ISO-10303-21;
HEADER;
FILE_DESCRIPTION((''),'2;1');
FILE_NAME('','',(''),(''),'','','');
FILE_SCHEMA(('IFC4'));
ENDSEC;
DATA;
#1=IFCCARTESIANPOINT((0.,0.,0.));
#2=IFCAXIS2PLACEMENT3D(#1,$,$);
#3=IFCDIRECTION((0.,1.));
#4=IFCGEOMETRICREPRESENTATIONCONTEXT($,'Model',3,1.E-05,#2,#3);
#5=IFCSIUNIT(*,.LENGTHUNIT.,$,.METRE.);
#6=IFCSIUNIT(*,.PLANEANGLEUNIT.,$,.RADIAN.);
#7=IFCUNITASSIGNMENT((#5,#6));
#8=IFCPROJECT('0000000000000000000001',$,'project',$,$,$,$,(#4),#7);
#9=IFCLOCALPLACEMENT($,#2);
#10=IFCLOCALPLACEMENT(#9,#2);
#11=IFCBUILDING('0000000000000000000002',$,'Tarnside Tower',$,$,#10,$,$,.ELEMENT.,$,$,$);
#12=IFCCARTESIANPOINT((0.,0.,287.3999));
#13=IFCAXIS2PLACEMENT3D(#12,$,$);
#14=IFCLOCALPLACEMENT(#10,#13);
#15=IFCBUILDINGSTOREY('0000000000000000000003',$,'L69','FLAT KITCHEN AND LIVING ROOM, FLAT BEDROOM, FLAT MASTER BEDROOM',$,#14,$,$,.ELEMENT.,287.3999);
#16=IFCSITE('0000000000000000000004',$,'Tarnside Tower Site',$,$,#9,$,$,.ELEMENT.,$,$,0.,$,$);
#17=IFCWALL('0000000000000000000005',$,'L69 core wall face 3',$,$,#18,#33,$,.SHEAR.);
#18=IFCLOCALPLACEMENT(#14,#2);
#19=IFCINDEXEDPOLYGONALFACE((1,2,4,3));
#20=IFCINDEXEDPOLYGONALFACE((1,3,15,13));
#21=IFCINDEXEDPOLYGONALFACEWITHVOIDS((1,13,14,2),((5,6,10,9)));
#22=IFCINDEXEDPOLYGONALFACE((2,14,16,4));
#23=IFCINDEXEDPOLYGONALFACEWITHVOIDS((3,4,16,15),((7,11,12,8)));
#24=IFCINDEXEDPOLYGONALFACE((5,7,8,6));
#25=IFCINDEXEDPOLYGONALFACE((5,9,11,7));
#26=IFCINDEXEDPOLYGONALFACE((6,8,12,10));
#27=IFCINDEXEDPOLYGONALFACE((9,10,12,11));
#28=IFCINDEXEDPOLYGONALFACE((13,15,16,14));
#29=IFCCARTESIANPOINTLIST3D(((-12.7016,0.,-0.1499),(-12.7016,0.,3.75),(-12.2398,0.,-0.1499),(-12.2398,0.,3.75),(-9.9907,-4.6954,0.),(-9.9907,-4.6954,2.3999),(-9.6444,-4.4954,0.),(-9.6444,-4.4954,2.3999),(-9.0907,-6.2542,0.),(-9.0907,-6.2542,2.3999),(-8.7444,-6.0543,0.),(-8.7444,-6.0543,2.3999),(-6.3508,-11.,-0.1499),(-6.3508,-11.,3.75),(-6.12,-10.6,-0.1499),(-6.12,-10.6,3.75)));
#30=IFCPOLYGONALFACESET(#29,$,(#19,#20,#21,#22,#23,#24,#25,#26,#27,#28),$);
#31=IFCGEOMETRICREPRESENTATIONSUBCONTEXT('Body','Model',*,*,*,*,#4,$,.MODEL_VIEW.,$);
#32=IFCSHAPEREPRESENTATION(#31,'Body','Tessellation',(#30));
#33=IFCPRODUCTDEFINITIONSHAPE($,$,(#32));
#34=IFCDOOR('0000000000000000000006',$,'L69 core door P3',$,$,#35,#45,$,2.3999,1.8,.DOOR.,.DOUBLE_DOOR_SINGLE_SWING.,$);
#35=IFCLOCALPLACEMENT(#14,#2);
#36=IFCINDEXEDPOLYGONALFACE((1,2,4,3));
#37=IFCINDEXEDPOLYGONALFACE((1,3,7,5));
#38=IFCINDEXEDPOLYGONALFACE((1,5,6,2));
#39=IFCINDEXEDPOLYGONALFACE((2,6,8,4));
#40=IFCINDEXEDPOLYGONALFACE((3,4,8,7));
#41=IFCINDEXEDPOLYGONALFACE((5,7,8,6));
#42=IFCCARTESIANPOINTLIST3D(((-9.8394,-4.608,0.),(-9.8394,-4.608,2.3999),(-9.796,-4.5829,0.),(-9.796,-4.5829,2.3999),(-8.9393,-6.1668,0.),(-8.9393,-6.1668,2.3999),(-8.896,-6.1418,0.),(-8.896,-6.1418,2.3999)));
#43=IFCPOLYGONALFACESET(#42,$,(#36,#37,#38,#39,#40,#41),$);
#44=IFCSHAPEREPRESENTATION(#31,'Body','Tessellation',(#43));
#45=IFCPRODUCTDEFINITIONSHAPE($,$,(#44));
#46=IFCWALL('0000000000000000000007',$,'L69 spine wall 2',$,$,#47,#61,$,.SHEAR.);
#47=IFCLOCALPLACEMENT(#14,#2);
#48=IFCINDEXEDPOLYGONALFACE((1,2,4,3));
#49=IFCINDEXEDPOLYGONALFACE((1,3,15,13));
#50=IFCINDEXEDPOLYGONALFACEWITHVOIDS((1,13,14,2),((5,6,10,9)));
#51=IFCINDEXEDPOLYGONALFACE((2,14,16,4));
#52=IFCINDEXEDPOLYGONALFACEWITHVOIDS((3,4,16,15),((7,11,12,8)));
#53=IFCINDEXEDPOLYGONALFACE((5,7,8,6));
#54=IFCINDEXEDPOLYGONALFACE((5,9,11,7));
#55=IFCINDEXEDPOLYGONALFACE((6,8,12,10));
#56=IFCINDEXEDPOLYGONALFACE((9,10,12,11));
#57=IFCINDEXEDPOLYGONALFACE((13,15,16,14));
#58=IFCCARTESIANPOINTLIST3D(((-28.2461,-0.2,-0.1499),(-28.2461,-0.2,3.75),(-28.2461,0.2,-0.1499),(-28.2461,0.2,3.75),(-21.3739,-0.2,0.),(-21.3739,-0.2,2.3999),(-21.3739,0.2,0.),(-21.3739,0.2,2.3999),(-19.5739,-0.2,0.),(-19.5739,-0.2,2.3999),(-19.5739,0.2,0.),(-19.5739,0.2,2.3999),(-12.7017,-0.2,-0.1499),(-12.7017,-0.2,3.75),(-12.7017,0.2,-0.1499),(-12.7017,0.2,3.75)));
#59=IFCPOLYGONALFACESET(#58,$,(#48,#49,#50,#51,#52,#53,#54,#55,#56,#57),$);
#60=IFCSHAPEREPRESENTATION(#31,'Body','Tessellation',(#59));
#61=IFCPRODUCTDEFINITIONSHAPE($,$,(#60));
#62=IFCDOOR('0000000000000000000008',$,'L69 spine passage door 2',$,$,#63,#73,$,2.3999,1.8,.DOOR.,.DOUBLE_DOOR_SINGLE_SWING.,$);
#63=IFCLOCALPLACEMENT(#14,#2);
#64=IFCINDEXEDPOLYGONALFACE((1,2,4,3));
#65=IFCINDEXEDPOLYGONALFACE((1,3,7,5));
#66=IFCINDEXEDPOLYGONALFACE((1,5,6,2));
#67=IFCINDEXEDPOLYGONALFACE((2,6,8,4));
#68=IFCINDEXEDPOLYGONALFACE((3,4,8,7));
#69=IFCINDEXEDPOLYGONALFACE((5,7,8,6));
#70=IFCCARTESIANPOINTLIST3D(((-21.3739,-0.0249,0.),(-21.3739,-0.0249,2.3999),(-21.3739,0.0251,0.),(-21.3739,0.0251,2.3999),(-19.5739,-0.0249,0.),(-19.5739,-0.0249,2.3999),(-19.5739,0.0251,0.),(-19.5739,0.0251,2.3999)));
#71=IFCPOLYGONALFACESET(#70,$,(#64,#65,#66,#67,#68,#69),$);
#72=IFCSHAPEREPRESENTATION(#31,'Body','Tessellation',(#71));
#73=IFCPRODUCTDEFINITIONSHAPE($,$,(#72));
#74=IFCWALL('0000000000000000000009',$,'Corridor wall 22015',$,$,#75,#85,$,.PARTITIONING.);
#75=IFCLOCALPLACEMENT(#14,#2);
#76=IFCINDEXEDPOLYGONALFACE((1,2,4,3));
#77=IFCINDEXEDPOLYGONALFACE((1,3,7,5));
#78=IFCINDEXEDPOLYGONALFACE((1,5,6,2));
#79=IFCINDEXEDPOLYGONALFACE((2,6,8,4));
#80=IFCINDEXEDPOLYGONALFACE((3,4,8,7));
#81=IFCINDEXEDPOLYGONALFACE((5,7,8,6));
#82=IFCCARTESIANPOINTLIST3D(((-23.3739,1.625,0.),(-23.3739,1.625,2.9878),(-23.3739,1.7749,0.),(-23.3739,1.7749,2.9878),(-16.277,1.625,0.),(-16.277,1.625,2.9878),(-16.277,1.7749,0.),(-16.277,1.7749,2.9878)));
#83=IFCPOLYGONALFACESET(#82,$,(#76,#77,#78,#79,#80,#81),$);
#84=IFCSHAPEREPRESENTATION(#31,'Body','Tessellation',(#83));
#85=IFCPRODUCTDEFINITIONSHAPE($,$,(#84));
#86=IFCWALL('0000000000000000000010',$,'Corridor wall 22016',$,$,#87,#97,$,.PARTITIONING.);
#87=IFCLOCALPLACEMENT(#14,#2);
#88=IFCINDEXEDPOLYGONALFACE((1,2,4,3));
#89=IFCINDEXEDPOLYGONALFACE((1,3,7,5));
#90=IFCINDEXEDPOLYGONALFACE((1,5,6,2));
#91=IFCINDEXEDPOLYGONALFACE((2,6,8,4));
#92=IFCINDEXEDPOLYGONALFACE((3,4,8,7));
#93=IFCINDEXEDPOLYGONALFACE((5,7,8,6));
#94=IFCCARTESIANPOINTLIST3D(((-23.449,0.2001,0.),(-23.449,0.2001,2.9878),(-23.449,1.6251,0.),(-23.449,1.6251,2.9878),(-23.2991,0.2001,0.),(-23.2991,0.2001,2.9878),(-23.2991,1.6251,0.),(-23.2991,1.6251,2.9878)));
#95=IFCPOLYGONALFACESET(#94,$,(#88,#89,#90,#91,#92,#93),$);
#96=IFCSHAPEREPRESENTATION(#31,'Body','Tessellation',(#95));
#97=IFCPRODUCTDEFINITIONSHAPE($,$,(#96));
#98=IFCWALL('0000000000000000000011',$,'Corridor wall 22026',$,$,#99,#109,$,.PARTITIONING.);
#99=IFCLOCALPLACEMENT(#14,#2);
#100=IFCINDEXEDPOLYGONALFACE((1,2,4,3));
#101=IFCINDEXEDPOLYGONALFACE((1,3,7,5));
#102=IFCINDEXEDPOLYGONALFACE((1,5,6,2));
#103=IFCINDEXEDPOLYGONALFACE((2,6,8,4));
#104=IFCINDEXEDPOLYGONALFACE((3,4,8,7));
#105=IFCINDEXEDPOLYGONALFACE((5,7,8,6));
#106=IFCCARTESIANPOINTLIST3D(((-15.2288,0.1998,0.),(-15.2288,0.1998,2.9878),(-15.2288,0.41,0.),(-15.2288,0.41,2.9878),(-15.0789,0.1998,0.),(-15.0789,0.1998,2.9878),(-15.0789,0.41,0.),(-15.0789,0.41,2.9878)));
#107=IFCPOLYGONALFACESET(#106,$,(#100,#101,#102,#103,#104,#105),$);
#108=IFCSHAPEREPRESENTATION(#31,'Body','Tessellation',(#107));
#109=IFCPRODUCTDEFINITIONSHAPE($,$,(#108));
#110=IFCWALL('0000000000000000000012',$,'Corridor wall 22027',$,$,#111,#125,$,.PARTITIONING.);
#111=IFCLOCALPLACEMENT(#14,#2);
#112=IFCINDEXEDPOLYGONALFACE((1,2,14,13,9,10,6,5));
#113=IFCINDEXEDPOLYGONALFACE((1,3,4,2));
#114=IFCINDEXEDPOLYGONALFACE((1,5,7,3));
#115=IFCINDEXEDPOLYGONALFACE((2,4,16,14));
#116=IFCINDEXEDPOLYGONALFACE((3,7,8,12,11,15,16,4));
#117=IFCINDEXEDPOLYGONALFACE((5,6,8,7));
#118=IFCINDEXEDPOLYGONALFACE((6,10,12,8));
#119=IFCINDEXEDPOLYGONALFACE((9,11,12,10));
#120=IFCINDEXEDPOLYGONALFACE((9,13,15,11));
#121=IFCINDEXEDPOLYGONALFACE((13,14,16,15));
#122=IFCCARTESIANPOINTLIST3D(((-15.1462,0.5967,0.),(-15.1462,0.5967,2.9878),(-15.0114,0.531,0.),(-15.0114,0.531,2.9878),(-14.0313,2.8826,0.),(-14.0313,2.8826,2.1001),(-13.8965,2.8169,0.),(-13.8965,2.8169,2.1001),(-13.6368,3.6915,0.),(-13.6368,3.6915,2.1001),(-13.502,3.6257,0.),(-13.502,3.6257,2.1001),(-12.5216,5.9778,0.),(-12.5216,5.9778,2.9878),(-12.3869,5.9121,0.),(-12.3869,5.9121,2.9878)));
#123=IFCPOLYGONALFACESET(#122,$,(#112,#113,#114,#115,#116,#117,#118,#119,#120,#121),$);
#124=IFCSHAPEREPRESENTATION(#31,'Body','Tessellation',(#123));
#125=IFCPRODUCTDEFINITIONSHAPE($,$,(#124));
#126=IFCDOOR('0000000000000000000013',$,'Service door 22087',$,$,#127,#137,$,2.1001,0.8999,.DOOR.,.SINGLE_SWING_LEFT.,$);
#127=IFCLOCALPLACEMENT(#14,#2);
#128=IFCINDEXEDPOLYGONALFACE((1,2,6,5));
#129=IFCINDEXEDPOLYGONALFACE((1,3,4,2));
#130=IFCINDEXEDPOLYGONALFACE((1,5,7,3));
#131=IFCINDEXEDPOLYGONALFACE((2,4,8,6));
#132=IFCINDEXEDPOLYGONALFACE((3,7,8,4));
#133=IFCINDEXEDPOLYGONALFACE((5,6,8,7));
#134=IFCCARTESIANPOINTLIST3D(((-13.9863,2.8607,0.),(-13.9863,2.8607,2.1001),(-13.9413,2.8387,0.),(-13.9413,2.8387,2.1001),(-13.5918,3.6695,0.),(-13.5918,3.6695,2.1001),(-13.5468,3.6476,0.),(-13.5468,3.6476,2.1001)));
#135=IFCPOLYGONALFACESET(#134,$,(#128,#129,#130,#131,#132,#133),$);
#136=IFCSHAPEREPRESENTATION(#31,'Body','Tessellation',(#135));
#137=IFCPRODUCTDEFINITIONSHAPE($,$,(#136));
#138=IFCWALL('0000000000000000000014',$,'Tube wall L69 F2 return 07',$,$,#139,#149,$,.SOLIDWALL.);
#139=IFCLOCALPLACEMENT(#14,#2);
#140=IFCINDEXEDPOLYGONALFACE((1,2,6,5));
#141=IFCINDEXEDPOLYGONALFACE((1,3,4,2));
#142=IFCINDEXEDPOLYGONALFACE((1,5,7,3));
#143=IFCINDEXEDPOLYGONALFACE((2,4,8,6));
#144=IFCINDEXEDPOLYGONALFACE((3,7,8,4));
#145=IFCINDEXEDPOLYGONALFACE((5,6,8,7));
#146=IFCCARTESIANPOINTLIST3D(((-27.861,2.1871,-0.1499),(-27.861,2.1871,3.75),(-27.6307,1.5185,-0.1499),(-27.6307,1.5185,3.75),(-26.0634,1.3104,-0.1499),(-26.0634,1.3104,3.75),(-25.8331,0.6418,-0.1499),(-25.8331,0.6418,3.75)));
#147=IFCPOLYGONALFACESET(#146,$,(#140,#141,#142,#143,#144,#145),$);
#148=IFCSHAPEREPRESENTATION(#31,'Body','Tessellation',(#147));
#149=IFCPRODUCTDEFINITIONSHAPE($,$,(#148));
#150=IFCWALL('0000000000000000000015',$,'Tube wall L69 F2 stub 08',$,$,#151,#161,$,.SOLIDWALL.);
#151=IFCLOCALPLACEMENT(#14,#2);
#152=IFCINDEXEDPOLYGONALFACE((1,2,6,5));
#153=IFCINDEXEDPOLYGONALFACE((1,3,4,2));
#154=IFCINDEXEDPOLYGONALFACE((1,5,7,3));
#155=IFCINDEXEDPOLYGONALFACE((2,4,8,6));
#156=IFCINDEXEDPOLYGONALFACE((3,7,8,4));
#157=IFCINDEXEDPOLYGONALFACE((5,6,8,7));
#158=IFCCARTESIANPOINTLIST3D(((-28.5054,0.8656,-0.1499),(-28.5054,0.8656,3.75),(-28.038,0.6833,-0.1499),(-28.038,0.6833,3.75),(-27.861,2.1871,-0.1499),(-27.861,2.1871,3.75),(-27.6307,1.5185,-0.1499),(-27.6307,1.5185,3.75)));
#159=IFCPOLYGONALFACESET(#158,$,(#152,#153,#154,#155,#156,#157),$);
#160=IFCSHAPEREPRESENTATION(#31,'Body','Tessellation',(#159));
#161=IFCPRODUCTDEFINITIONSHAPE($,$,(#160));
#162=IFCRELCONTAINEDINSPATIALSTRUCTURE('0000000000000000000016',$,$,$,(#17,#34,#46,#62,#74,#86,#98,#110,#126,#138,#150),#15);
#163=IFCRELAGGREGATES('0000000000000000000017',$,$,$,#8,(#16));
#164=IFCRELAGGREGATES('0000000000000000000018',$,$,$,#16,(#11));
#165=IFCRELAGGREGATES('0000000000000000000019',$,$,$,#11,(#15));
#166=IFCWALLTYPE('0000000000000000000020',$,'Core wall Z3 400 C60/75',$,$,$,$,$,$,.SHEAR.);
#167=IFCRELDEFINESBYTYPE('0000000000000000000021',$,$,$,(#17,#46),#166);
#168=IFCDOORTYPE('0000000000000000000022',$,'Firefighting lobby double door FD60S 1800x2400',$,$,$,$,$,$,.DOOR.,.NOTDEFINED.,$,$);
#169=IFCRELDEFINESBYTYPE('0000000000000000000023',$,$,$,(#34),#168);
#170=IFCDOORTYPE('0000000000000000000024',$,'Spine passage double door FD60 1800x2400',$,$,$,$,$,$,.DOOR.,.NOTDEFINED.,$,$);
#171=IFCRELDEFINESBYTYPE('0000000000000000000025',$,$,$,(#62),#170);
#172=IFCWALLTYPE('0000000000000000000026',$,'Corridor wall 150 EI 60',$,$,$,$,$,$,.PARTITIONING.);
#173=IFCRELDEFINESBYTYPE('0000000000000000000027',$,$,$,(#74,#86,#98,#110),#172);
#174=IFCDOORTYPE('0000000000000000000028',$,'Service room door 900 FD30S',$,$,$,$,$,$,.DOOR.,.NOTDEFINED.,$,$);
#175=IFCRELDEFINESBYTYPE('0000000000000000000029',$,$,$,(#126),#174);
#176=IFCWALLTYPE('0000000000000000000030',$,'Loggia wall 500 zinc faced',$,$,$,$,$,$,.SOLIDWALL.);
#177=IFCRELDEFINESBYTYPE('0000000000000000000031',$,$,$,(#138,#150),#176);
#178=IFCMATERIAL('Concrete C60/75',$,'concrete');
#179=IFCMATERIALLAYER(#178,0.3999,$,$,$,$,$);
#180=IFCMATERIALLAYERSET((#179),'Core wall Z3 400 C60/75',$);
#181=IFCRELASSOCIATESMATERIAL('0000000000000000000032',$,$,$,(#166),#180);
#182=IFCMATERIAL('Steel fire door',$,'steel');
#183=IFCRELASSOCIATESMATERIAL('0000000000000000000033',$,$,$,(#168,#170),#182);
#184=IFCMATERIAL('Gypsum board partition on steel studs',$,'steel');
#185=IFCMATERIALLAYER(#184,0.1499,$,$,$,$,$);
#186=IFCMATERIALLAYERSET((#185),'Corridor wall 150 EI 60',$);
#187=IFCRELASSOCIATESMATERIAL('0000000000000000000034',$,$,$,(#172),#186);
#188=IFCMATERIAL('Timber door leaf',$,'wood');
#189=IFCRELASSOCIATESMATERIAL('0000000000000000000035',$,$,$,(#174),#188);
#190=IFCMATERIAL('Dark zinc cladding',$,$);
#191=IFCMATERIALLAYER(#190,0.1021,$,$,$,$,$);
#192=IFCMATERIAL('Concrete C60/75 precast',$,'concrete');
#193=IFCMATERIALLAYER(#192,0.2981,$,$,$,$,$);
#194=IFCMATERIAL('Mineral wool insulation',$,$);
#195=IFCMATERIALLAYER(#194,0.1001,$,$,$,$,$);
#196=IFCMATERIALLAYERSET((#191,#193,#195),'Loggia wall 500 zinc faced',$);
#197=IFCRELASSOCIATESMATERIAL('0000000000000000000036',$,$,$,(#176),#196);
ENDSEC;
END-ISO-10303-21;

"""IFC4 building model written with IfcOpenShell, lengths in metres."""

from ifc_helpers import new_model, si_unit, direction, frame, frame_2d, origin, place, context, subcontext, project, spatial, polyline, rectangle, outline, extrude, material, layer, layer_set, type_object, element, fill, save


model = new_model("IFC4")

# Units and contexts
model_context = context("Model", 3, precision=1e-05, world=origin(), true_north=direction((0.0, 1.0)))
body_context = subcontext(model_context, "Body", "Model", "MODEL_VIEW")
ifc_project = project(units=[si_unit("LENGTHUNIT", "METRE"), si_unit("PLANEANGLEUNIT", "RADIAN")], contexts=[model_context])

# Site, building, storey
site_placement = place(None, origin())
site = spatial("IfcSite", under=ifc_project, at=site_placement, Name="Tarnside Tower Site", CompositionType="ELEMENT", RefElevation=0.0)
building_placement = place(site_placement, origin())
building = spatial("IfcBuilding", under=site, at=building_placement, Name="Tarnside Tower", CompositionType="ELEMENT")
storey_placement = place(building_placement, frame((0.0, 0.0, 287.3999)))
storey = spatial("IfcBuildingStorey", under=building, at=storey_placement, Name="L69", Description="FLAT KITCHEN AND LIVING ROOM, FLAT BEDROOM, FLAT MASTER BEDROOM", CompositionType="ELEMENT", Elevation=287.3999)

# Shared definitions
ifc_material_1 = material(Name="Gypsum board partition on steel studs", Category="steel")

# Walls, openings, doors
ifc_material_2 = material(Name="Concrete C60/75", Category="concrete")
ifc_layer_1 = layer(ifc_material_2, 0.3999)
ifc_layer_set_1 = layer_set([ifc_layer_1], Name="Core wall Z3 400 C60/75")
wall_type_1 = type_object("IfcWallType", Name="Core wall Z3 400 C60/75", PredefinedType="SHEAR", material=ifc_layer_set_1)
wall_1_placement = place(storey_placement, frame((-12.4707, 0.0, -0.1499), z_axis=(0.0, 0.0, 1.0), x_axis=(0.499996, -0.866027, 0.0)))
wall_1 = element("IfcWall", 1, at=wall_1_placement, inside=storey, type_object=wall_type_1, Name="L69 core wall face 3", PredefinedType="SHEAR", context=body_context, shape_type="SweptSolid", body=[
    extrude(outline(polyline([(-0.1155, -0.2), (12.5862, -0.2), (12.3552, 0.2), (0.1155, 0.2), (-0.1155, -0.2)])), origin(), (0.0, 0.0, 1.0), 3.8999),
])
opening_1_placement = place(wall_1_placement, frame((5.3064, 0.0, 0.1499)))
opening_1 = element("IfcOpeningElement", 2, at=opening_1_placement, cuts=wall_1, PredefinedType="OPENING", context=body_context, shape_type="SweptSolid", body=[
    extrude(rectangle(XDim=1.8, YDim=2.3999, at=frame_2d((0.8999, 1.2))), frame((0.0, 0.21, 0.0), z_axis=(0.0, -1.0, 0.0), x_axis=(1.0, 0.0, 0.0)), (0.0, 0.0, 1.0), 0.4199),
])
ifc_material_3 = material(Name="Steel fire door", Category="steel")
door_type_1 = type_object("IfcDoorType", Name="Firefighting lobby double door FD60S 1800x2400", OperationType="NOTDEFINED", PredefinedType="DOOR", material=ifc_material_3)
door_1_placement = place(opening_1_placement, origin())
door_1 = element("IfcDoor", 3, at=door_1_placement, inside=storey, type_object=door_type_1, Name="L69 core door P3", OperationType="DOUBLE_DOOR_SINGLE_SWING", OverallHeight=2.3999, OverallWidth=1.8, PredefinedType="DOOR", context=body_context, shape_type="SweptSolid", body=[
    extrude(rectangle(XDim=1.8, YDim=2.3999, at=frame_2d((0.8999, 1.2))), frame((0.0, 0.0249, 0.0), z_axis=(0.0, -1.0, 0.0), x_axis=(1.0, 0.0, 0.0)), (0.0, 0.0, 1.0), 0.05),
])
fill(opening_1, door_1)
wall_2_placement = place(storey_placement, frame((-12.7017, 0.0, -0.1499), z_axis=(0.0, 0.0, 1.0), x_axis=(-1.0, 0.0, 0.0)))
wall_2 = element("IfcWall", 4, at=wall_2_placement, inside=storey, type_object=wall_type_1, Name="L69 spine wall 2", PredefinedType="SHEAR", context=body_context, shape_type="SweptSolid", body=[
    extrude(rectangle(XDim=15.5444, YDim=0.3999, at=frame_2d((7.7722, 0.0))), origin(), (0.0, 0.0, 1.0), 3.8999),
])
opening_2_placement = place(wall_2_placement, frame((6.8723, 0.0, 0.1499)))
opening_2 = element("IfcOpeningElement", 5, at=opening_2_placement, cuts=wall_2, PredefinedType="OPENING", context=body_context, shape_type="SweptSolid", body=[
    extrude(rectangle(XDim=1.8, YDim=2.3999, at=frame_2d((0.8999, 1.2))), frame((0.0, 0.21, 0.0), z_axis=(0.0, -1.0, 0.0), x_axis=(1.0, 0.0, 0.0)), (0.0, 0.0, 1.0), 0.4199),
])
door_type_2 = type_object("IfcDoorType", Name="Spine passage double door FD60 1800x2400", OperationType="NOTDEFINED", PredefinedType="DOOR", material=ifc_material_3)
door_2_placement = place(opening_2_placement, origin())
door_2 = element("IfcDoor", 6, at=door_2_placement, inside=storey, type_object=door_type_2, Name="L69 spine passage door 2", OperationType="DOUBLE_DOOR_SINGLE_SWING", OverallHeight=2.3999, OverallWidth=1.8, PredefinedType="DOOR", context=body_context, shape_type="SweptSolid", body=[
    extrude(rectangle(XDim=1.8, YDim=2.3999, at=frame_2d((0.8999, 1.2))), frame((0.0, 0.0249, 0.0), z_axis=(0.0, -1.0, 0.0), x_axis=(1.0, 0.0, 0.0)), (0.0, 0.0, 1.0), 0.05),
])
fill(opening_2, door_2)

# Walls
ifc_layer_2 = layer(ifc_material_1, 0.1499)
ifc_layer_set_2 = layer_set([ifc_layer_2], Name="Corridor wall 150 EI 60")
wall_type_2 = type_object("IfcWallType", Name="Corridor wall 150 EI 60", PredefinedType="PARTITIONING", material=ifc_layer_set_2)
wall_3_placement = place(storey_placement, frame((-16.2771, 1.7, 0.0), z_axis=(0.0, 0.0, 1.0), x_axis=(-1.0, 0.0, 0.0)))
element("IfcWall", 7, at=wall_3_placement, inside=storey, type_object=wall_type_2, Name="Corridor wall 22015", PredefinedType="PARTITIONING", context=body_context, shape_type="SweptSolid", body=[
    extrude(rectangle(XDim=7.0969, YDim=0.1499, at=frame_2d((3.5483, 0.0))), origin(), (0.0, 0.0, 1.0), 2.9878),
])
wall_4_placement = place(storey_placement, frame((-23.374, 1.625, 0.0), z_axis=(0.0, 0.0, 1.0), x_axis=(0.0, -1.0, 0.0)))
element("IfcWall", 8, at=wall_4_placement, inside=storey, type_object=wall_type_2, Name="Corridor wall 22016", PredefinedType="PARTITIONING", context=body_context, shape_type="SweptSolid", body=[
    extrude(rectangle(XDim=1.425, YDim=0.1499, at=frame_2d((0.7124, 0.0))), origin(), (0.0, 0.0, 1.0), 2.9878),
])
wall_5_placement = place(storey_placement, frame((-15.1538, 0.2, 0.0), z_axis=(0.0, 0.0, 1.0), x_axis=(0.0, 1.0, 0.0)))
element("IfcWall", 9, at=wall_5_placement, inside=storey, type_object=wall_type_2, Name="Corridor wall 22026", PredefinedType="PARTITIONING", context=body_context, shape_type="SweptSolid", body=[
    extrude(rectangle(XDim=0.2102, YDim=0.1499, at=frame_2d((0.105, 0.0))), origin(), (0.0, 0.0, 1.0), 2.9878),
])

# Wall, opening, door
wall_6_placement = place(storey_placement, frame((-15.0789, 0.5637, 0.0), z_axis=(0.0, 0.0, 1.0), x_axis=(0.438367, 0.898796, 0.0)))
wall_6 = element("IfcWall", 10, at=wall_6_placement, inside=storey, type_object=wall_type_2, Name="Corridor wall 22027", PredefinedType="PARTITIONING", context=body_context, shape_type="SweptSolid", body=[
    extrude(rectangle(XDim=5.9871, YDim=0.1499, at=frame_2d((2.9937, 0.0))), origin(), (0.0, 0.0, 1.0), 2.9878),
])
opening_3_placement = place(wall_6_placement, frame((2.5435, 0.0, 0.0)))
opening_3 = element("IfcOpeningElement", 11, at=opening_3_placement, cuts=wall_6, PredefinedType="OPENING", context=body_context, shape_type="SweptSolid", body=[
    extrude(rectangle(XDim=0.8999, YDim=2.1001, at=frame_2d((0.45, 1.05))), frame((0.0, 0.085, 0.0), z_axis=(0.0, -1.0, 0.0), x_axis=(1.0, 0.0, 0.0)), (0.0, 0.0, 1.0), 0.1699),
])
ifc_material_4 = material(Name="Timber door leaf", Category="wood")
door_type_3 = type_object("IfcDoorType", Name="Service room door 900 FD30S", OperationType="NOTDEFINED", PredefinedType="DOOR", material=ifc_material_4)
door_3_placement = place(opening_3_placement, origin())
door_3 = element("IfcDoor", 12, at=door_3_placement, inside=storey, type_object=door_type_3, Name="Service door 22087", OperationType="SINGLE_SWING_LEFT", OverallHeight=2.1001, OverallWidth=0.8999, PredefinedType="DOOR", context=body_context, shape_type="SweptSolid", body=[
    extrude(rectangle(XDim=0.8999, YDim=2.1001, at=frame_2d((0.45, 1.05))), frame((0.0, 0.0249, 0.0), z_axis=(0.0, -1.0, 0.0), x_axis=(1.0, 0.0, 0.0)), (0.0, 0.0, 1.0), 0.05),
])
fill(opening_3, door_3)

# Walls
ifc_material_5 = material(Name="Dark zinc cladding")
ifc_layer_3 = layer(ifc_material_5, 0.1021)
ifc_material_6 = material(Name="Concrete C60/75 precast", Category="concrete")
ifc_layer_4 = layer(ifc_material_6, 0.2981)
ifc_material_7 = material(Name="Mineral wool insulation")
ifc_layer_5 = layer(ifc_material_7, 0.1001)
ifc_layer_set_3 = layer_set([ifc_layer_3, ifc_layer_4, ifc_layer_5], Name="Loggia wall 500 zinc faced")
wall_type_3 = type_object("IfcWallType", Name="Loggia wall 500 zinc faced", PredefinedType="SOLIDWALL", material=ifc_layer_set_3)
wall_7_placement = place(storey_placement, frame((-25.9482, 0.9761, -0.1499), z_axis=(0.0, 0.0, 1.0), x_axis=(-0.898802, 0.438354, 0.0)))
element("IfcWall", 13, at=wall_7_placement, inside=storey, type_object=wall_type_3, Name="Tube wall L69 F2 return 07", PredefinedType="SOLIDWALL", context=body_context, shape_type="SweptSolid", body=[
    extrude(outline(polyline([(0.25, -0.25), (2.25, -0.25), (1.75, 0.25), (-0.25, 0.25), (0.25, -0.25)])), origin(), (0.0, 0.0, 1.0), 3.8999),
])
wall_8_placement = place(storey_placement, frame((-27.7458, 1.8528, -0.1499), z_axis=(0.0, 0.0, 1.0), x_axis=(-0.438319, -0.898819, 0.0)))
element("IfcWall", 14, at=wall_8_placement, inside=storey, type_object=wall_type_3, Name="Tube wall L69 F2 stub 08", PredefinedType="SOLIDWALL", context=body_context, shape_type="SweptSolid", body=[
    extrude(outline(polyline([(-0.25, -0.25), (1.2202, -0.25), (1.1792, 0.25), (0.25, 0.25), (-0.25, -0.25)])), origin(), (0.0, 0.0, 1.0), 3.8999),
])

save(model, "model.ifc")
